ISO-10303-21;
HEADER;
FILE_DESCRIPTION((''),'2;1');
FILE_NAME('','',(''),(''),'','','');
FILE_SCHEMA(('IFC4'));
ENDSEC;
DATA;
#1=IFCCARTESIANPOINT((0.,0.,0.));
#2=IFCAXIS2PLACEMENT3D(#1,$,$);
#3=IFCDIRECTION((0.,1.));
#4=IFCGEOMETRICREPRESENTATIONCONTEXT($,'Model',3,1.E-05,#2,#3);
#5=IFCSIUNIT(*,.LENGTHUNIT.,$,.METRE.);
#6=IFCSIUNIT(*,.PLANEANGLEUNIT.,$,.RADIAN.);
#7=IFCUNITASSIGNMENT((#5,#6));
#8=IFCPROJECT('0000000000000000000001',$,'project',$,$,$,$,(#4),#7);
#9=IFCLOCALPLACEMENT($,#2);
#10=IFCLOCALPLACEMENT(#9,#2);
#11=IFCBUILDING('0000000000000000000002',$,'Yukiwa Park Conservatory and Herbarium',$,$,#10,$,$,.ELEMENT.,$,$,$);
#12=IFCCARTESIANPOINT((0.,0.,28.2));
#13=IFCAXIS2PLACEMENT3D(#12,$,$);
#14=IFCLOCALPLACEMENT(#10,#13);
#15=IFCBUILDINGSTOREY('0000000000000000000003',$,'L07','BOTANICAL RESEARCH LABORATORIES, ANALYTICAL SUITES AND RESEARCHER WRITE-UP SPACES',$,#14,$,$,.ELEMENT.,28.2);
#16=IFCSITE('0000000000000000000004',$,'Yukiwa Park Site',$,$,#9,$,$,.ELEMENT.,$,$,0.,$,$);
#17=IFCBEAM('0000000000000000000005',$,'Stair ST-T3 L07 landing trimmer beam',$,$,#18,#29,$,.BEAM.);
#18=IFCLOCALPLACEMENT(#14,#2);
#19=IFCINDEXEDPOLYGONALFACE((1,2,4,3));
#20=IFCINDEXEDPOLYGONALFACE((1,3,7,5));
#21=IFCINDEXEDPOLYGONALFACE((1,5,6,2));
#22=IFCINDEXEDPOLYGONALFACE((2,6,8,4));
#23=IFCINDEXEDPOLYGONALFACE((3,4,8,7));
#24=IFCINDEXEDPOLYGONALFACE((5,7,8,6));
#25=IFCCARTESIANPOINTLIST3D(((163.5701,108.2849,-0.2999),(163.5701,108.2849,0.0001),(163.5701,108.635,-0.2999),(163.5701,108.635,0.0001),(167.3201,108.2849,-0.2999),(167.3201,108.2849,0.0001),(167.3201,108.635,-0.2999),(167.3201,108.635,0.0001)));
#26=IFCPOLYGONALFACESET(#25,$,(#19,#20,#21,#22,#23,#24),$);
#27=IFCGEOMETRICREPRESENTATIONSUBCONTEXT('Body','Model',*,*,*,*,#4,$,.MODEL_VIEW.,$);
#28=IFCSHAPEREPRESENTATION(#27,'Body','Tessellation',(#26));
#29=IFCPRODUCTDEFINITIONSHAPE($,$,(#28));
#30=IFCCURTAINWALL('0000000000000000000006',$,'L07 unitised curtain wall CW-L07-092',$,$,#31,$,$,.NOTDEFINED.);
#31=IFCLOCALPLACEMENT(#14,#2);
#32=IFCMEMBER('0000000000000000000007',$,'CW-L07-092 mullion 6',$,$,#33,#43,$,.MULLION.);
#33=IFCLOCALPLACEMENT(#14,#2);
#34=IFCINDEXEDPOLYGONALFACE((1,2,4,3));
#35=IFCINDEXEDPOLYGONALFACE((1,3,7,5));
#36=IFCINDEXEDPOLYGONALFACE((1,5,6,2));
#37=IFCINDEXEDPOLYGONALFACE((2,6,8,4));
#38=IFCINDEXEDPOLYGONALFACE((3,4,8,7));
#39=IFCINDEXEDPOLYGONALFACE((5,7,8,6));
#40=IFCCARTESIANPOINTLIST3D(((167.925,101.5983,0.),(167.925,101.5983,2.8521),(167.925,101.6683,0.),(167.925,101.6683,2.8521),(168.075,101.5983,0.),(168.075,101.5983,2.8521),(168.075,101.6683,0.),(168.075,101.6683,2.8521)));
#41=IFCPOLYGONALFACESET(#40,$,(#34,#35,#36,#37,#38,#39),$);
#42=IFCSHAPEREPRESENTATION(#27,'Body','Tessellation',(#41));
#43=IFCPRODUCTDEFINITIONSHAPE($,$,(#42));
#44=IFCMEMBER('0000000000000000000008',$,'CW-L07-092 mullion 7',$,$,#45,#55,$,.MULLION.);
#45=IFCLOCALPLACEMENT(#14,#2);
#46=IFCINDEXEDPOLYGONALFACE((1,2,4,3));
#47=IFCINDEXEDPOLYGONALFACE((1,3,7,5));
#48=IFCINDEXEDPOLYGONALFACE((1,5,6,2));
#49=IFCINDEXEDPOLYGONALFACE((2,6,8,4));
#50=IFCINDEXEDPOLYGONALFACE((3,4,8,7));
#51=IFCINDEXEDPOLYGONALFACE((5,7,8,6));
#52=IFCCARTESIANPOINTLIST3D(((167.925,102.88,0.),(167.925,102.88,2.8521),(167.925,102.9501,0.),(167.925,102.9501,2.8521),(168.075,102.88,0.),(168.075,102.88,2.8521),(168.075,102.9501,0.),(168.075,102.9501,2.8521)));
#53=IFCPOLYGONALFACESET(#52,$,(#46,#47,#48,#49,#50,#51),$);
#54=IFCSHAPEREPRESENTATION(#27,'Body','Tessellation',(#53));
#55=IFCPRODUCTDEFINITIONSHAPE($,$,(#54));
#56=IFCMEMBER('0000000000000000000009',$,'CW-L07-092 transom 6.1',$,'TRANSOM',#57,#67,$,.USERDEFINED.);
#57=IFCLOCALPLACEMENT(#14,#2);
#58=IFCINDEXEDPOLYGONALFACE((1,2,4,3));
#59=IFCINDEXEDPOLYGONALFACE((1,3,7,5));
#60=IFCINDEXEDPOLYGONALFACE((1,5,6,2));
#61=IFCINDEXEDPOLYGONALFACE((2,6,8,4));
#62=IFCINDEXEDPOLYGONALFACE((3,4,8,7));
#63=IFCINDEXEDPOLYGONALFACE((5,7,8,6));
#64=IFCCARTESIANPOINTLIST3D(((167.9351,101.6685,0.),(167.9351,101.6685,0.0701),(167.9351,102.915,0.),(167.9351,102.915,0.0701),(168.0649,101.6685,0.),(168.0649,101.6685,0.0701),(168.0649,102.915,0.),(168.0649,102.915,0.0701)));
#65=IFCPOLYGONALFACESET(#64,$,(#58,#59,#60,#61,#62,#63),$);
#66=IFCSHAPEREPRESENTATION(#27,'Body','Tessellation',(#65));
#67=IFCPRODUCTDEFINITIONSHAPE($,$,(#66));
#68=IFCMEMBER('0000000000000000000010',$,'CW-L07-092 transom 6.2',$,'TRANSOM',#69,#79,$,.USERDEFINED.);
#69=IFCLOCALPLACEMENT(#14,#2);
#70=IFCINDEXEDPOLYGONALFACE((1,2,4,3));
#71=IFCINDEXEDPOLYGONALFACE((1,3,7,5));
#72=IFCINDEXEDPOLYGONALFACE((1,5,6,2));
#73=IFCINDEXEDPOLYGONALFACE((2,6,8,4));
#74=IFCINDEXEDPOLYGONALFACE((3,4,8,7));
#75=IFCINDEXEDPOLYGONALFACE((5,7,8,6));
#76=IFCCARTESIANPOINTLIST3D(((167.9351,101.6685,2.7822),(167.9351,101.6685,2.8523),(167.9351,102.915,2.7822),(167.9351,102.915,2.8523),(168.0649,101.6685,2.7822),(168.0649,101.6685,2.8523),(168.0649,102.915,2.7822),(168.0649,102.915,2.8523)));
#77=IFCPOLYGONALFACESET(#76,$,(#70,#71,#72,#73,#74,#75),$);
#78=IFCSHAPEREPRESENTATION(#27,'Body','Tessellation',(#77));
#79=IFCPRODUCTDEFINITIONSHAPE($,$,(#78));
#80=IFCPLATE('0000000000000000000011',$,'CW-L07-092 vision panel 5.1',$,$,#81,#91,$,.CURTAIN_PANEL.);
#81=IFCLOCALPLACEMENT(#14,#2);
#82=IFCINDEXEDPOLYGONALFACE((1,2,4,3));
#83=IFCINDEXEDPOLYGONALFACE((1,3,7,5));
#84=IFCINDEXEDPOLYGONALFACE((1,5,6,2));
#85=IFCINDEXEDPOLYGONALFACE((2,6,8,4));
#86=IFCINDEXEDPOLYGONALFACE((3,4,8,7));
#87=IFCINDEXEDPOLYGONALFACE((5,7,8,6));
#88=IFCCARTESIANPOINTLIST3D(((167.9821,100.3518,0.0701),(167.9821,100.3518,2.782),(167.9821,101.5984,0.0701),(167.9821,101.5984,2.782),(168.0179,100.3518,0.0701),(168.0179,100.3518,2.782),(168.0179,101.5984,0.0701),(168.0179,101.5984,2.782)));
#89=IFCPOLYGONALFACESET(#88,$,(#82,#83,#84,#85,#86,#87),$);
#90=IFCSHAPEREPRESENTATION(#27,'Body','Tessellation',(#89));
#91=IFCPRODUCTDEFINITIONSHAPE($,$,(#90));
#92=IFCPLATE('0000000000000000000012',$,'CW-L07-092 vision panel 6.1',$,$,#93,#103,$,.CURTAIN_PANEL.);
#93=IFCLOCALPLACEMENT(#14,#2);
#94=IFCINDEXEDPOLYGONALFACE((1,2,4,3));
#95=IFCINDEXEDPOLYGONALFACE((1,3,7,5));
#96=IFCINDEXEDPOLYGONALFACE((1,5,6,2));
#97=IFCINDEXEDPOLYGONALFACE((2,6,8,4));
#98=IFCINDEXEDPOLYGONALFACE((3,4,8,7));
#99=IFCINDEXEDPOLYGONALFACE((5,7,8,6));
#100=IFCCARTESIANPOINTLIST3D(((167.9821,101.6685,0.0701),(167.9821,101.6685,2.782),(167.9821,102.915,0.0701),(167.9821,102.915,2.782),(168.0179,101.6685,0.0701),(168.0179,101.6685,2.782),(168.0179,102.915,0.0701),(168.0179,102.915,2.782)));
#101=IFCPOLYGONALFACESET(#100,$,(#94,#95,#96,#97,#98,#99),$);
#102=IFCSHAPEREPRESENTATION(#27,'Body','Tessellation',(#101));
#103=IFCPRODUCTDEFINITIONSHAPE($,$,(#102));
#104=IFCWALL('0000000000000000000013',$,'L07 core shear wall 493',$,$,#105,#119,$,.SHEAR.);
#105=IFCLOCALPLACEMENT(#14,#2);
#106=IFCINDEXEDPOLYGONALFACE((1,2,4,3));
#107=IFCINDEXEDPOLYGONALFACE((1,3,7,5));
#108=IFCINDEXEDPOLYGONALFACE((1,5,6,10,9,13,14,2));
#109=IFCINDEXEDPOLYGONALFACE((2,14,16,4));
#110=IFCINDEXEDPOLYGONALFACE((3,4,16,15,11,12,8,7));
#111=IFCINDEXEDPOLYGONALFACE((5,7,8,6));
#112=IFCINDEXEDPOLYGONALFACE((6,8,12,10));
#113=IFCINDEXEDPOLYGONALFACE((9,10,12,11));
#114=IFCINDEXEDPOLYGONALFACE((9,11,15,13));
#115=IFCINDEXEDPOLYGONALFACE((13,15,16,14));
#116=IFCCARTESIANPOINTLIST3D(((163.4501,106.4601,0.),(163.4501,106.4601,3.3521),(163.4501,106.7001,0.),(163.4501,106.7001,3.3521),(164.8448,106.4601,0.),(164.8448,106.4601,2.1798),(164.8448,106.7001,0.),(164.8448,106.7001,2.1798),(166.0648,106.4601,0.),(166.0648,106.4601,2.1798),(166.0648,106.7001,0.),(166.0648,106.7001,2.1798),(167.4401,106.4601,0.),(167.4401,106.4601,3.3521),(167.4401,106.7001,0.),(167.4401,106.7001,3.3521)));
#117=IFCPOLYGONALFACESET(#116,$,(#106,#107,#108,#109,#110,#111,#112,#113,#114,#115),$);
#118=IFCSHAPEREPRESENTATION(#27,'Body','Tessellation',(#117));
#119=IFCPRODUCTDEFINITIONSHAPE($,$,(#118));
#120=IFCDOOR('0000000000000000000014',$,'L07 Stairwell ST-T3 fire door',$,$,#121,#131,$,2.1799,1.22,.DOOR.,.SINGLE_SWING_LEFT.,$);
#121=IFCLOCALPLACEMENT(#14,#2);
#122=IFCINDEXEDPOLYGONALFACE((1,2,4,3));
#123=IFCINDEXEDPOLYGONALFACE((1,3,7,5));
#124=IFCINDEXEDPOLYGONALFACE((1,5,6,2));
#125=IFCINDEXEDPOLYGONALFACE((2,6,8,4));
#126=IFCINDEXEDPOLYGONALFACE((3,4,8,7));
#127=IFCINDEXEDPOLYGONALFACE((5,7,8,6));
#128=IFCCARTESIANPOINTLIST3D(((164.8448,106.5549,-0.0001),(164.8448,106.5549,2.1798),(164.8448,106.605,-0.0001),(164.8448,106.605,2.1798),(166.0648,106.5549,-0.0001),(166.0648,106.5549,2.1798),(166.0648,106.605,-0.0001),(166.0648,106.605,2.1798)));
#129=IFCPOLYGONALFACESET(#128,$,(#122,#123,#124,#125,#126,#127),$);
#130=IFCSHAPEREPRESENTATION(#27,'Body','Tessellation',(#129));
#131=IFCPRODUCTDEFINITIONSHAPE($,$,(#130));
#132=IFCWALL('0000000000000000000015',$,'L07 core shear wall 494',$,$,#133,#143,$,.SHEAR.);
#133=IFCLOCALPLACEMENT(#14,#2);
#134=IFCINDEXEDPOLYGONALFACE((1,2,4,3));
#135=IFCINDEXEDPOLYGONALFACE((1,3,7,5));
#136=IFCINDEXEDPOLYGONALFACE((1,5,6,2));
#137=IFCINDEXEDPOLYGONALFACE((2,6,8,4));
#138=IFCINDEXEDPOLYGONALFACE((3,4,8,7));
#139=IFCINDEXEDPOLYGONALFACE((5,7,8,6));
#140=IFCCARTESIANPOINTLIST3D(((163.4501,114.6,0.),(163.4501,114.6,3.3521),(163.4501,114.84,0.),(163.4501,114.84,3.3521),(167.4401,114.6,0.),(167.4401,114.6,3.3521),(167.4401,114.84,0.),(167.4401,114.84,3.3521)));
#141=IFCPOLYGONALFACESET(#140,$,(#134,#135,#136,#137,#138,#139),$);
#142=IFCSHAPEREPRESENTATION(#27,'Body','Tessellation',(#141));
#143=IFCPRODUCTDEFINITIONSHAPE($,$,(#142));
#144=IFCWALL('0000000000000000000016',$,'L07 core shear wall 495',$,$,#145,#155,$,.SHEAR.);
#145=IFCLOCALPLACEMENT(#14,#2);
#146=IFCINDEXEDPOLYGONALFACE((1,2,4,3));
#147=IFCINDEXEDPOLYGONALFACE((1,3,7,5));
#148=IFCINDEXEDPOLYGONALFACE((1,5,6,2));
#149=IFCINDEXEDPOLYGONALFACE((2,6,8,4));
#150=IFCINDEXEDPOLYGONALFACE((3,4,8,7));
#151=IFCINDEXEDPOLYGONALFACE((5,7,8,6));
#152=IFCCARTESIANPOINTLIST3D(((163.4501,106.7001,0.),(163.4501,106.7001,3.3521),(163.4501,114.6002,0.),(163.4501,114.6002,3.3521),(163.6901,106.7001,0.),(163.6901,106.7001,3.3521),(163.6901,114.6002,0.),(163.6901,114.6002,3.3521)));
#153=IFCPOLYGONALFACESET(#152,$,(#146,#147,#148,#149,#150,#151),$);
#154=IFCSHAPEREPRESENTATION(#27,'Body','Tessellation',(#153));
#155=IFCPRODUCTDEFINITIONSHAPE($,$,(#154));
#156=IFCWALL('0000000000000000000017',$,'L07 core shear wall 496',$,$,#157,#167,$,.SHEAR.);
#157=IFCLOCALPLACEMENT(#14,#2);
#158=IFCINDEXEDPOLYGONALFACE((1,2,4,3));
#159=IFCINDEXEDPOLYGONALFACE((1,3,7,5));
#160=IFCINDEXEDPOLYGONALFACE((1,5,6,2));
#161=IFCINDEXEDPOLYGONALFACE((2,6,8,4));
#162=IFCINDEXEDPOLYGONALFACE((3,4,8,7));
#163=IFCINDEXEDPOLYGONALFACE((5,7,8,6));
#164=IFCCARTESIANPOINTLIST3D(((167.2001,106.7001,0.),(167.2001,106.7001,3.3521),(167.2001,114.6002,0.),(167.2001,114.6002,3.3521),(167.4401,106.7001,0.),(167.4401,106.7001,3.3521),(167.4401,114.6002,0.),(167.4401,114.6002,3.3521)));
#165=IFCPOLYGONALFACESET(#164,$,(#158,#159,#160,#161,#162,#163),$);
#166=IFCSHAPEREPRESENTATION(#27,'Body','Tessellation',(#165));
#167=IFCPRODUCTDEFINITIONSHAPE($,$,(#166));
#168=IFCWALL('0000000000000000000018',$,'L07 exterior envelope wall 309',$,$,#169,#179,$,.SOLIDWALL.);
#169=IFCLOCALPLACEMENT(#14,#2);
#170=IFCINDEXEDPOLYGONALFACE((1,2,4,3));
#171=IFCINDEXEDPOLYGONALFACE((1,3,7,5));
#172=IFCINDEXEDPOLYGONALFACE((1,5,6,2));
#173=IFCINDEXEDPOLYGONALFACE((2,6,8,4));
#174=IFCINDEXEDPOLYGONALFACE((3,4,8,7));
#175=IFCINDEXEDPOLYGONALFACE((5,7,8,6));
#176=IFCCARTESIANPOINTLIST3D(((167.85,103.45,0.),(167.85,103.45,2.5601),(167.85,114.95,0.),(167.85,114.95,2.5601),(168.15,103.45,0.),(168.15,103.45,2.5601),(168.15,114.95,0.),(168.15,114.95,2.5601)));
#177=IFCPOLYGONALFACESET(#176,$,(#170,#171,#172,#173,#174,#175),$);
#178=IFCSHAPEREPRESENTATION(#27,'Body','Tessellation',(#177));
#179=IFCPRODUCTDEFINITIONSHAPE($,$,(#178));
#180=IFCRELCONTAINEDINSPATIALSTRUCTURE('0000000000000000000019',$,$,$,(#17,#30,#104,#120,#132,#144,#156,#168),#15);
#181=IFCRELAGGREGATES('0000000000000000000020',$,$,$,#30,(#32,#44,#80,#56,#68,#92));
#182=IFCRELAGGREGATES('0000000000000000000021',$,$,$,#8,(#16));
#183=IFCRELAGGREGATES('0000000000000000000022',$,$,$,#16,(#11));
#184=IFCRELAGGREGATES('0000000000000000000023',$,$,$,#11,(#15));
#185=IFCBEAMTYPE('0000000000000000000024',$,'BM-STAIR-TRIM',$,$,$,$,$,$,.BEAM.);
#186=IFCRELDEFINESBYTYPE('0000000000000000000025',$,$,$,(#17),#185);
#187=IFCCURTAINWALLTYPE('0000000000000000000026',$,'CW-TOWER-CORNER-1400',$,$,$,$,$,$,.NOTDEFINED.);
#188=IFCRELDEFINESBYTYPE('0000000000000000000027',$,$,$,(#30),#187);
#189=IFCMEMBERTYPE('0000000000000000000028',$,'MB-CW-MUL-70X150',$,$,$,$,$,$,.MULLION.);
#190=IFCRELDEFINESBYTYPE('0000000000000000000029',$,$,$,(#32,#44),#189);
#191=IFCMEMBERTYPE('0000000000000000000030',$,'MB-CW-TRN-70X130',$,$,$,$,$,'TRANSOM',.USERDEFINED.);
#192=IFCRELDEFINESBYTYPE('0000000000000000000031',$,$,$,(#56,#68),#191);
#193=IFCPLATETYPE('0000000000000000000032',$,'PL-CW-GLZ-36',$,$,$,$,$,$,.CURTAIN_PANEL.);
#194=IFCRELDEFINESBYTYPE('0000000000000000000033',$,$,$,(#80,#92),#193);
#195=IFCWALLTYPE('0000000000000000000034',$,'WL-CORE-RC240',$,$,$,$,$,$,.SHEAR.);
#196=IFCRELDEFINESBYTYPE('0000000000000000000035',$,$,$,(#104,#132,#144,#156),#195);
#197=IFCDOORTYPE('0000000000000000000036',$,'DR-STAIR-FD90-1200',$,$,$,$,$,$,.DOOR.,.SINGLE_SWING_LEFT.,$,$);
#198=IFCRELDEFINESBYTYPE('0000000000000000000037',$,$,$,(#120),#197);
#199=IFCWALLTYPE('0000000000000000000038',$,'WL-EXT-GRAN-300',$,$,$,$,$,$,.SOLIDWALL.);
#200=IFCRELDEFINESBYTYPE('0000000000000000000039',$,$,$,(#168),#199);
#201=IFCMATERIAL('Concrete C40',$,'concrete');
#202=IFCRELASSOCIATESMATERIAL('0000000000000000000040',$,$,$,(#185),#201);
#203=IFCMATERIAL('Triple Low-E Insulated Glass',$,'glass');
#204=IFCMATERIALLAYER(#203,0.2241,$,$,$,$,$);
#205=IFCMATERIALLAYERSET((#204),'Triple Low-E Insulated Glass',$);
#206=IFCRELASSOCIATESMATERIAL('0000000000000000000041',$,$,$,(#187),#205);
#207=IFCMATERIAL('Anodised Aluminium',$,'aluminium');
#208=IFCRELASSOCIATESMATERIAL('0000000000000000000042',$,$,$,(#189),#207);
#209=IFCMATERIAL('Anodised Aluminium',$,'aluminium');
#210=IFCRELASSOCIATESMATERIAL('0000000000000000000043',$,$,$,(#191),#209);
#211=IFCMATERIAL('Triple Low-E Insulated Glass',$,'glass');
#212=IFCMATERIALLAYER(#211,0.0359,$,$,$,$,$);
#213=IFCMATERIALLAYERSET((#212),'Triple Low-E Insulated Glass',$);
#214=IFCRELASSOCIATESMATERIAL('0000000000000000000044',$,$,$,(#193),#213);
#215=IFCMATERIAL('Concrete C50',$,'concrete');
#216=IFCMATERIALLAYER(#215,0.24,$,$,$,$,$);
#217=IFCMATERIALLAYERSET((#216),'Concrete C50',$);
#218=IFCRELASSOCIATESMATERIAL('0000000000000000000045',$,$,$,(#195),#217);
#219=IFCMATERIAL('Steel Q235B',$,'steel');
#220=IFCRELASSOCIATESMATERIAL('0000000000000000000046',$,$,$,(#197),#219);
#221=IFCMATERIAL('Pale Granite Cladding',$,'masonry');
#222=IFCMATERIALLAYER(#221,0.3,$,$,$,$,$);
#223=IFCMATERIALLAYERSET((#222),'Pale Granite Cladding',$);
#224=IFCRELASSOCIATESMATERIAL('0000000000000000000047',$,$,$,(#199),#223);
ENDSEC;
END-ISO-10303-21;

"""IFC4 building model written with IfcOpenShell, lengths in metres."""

from ifc_helpers import new_model, si_unit, direction, frame, frame_2d, origin, origin_2d, place, context, subcontext, project, spatial, rectangle, extrude, material, layer, layer_set, material_profile, profile_set, type_object, element, fill, aggregate, save


model = new_model("IFC4")

# Units and contexts
model_context = context("Model", 3, precision=1e-05, world=origin(), true_north=direction((0.0, 1.0)))
body_context = subcontext(model_context, "Body", "Model", "MODEL_VIEW")
ifc_project = project(units=[si_unit("LENGTHUNIT", "METRE"), si_unit("PLANEANGLEUNIT", "RADIAN")], contexts=[model_context])

# Site, building, storey
site_placement = place(None, origin())
site = spatial("IfcSite", under=ifc_project, at=site_placement, Name="Yukiwa Park Site", CompositionType="ELEMENT", RefElevation=0.0)
building_placement = place(site_placement, origin())
building = spatial("IfcBuilding", under=site, at=building_placement, Name="Yukiwa Park Conservatory and Herbarium", CompositionType="ELEMENT")
storey_placement = place(building_placement, frame((0.0, 0.0, 28.2)))
storey = spatial("IfcBuildingStorey", under=building, at=storey_placement, Name="L07", Description="BOTANICAL RESEARCH LABORATORIES, ANALYTICAL SUITES AND RESEARCHER WRITE-UP SPACES", CompositionType="ELEMENT", Elevation=28.2)

# Beam
ifc_material_1 = material(Name="Concrete C40", Category="concrete")
ifc_material_profile_1 = material_profile(ifc_material_1, rectangle(XDim=0.3501, YDim=0.3, at=origin_2d()), Name="RC 350x300")
ifc_profile_set_1 = profile_set([ifc_material_profile_1], Name="Concrete C40")
beam_type_1 = type_object("IfcBeamType", Name="BM-STAIR-TRIM", PredefinedType="BEAM", material=ifc_profile_set_1)
beam_1_placement = place(storey_placement, frame((163.5701, 108.46, -0.1499), z_axis=(1.0, 0.0, 0.0), x_axis=(0.0, 1.0, 0.0)))
element("IfcBeam", 1, at=beam_1_placement, inside=storey, type_object=beam_type_1, Name="Stair ST-T3 L07 landing trimmer beam", PredefinedType="BEAM", context=body_context, shape_type="SweptSolid", body=[
    extrude(rectangle(XDim=0.3501, YDim=0.3, at=origin_2d()), origin(), (0.0, 0.0, 1.0), 3.75),
])

# Curtain wall, members, plates
ifc_material_2 = material(Name="Triple Low-E Insulated Glass", Category="glass")
ifc_layer_1 = layer(ifc_material_2, 0.2241)
ifc_layer_set_1 = layer_set([ifc_layer_1], Name="Triple Low-E Insulated Glass")
curtain_wall_type = type_object("IfcCurtainWallType", Name="CW-TOWER-CORNER-1400", PredefinedType="NOTDEFINED", material=ifc_layer_set_1)
curtain_wall_placement = place(storey_placement, origin())
curtain_wall = element("IfcCurtainWall", 2, at=curtain_wall_placement, inside=storey, type_object=curtain_wall_type, Name="L07 unitised curtain wall CW-L07-092", PredefinedType="NOTDEFINED")
ifc_material_3 = material(Name="Anodised Aluminium", Category="aluminium")
member_type_1 = type_object("IfcMemberType", Name="MB-CW-MUL-70X150", PredefinedType="MULLION", material=ifc_material_3)
member_1_placement = place(storey_placement, frame((168.0, 101.6333, 0.0), z_axis=(0.0, 0.0, 1.0), x_axis=(0.0, 1.0, 0.0)))
member_1 = element("IfcMember", 3, at=member_1_placement, type_object=member_type_1, Name="CW-L07-092 mullion 6", PredefinedType="MULLION", context=body_context, shape_type="SweptSolid", body=[
    extrude(rectangle(XDim=0.0701, YDim=0.1499, at=origin_2d()), origin(), (0.0, 0.0, 1.0), 2.8521),
])
member_2_placement = place(storey_placement, frame((168.0, 102.915, 0.0), z_axis=(0.0, 0.0, 1.0), x_axis=(0.0, 1.0, 0.0)))
member_2 = element("IfcMember", 4, at=member_2_placement, type_object=member_type_1, Name="CW-L07-092 mullion 7", PredefinedType="MULLION", context=body_context, shape_type="SweptSolid", body=[
    extrude(rectangle(XDim=0.0701, YDim=0.1499, at=origin_2d()), origin(), (0.0, 0.0, 1.0), 2.8521),
])
ifc_material_4 = material(Name="Anodised Aluminium", Category="aluminium")
member_type_2 = type_object("IfcMemberType", Name="MB-CW-TRN-70X130", ElementType="TRANSOM", PredefinedType="USERDEFINED", material=ifc_material_4)
member_3_placement = place(storey_placement, frame((168.0, 102.2917, 0.0), z_axis=(0.0, 0.0, 1.0), x_axis=(0.0, 1.0, 0.0)))
member_3 = element("IfcMember", 5, at=member_3_placement, type_object=member_type_2, Name="CW-L07-092 transom 6.1", ObjectType="TRANSOM", PredefinedType="USERDEFINED", context=body_context, shape_type="SweptSolid", body=[
    extrude(rectangle(XDim=1.2466, YDim=0.1299, at=origin_2d()), origin(), (0.0, 0.0, 1.0), 0.0701),
])
member_4_placement = place(storey_placement, frame((168.0, 102.2917, 2.7822), z_axis=(0.0, 0.0, 1.0), x_axis=(0.0, 1.0, 0.0)))
member_4 = element("IfcMember", 6, at=member_4_placement, type_object=member_type_2, Name="CW-L07-092 transom 6.2", ObjectType="TRANSOM", PredefinedType="USERDEFINED", context=body_context, shape_type="SweptSolid", body=[
    extrude(rectangle(XDim=1.2466, YDim=0.1299, at=origin_2d()), origin(), (0.0, 0.0, 1.0), 0.0701),
])
ifc_material_5 = material(Name="Triple Low-E Insulated Glass", Category="glass")
ifc_layer_2 = layer(ifc_material_5, 0.0359)
ifc_layer_set_2 = layer_set([ifc_layer_2], Name="Triple Low-E Insulated Glass")
plate_type = type_object("IfcPlateType", Name="PL-CW-GLZ-36", PredefinedType="CURTAIN_PANEL", material=ifc_layer_set_2)
plate_1_placement = place(storey_placement, frame((168.0, 100.9751, 0.0701), z_axis=(0.0, 0.0, 1.0), x_axis=(0.0, 1.0, 0.0)))
plate_1 = element("IfcPlate", 7, at=plate_1_placement, type_object=plate_type, Name="CW-L07-092 vision panel 5.1", PredefinedType="CURTAIN_PANEL", context=body_context, shape_type="SweptSolid", body=[
    extrude(rectangle(XDim=1.2466, YDim=0.0359, at=origin_2d()), origin(), (0.0, 0.0, 1.0), 2.7119),
])
plate_2_placement = place(storey_placement, frame((168.0, 102.2917, 0.0701), z_axis=(0.0, 0.0, 1.0), x_axis=(0.0, 1.0, 0.0)))
plate_2 = element("IfcPlate", 8, at=plate_2_placement, type_object=plate_type, Name="CW-L07-092 vision panel 6.1", PredefinedType="CURTAIN_PANEL", context=body_context, shape_type="SweptSolid", body=[
    extrude(rectangle(XDim=1.2466, YDim=0.0359, at=origin_2d()), origin(), (0.0, 0.0, 1.0), 2.7119),
])
aggregate(curtain_wall, [member_1, member_2, plate_1, member_3, member_4, plate_2])

# Wall, opening, door
ifc_material_6 = material(Name="Concrete C50", Category="concrete")
ifc_layer_3 = layer(ifc_material_6, 0.24)
ifc_layer_set_3 = layer_set([ifc_layer_3], Name="Concrete C50")
wall_type_1 = type_object("IfcWallType", Name="WL-CORE-RC240", PredefinedType="SHEAR", material=ifc_layer_set_3)
wall_1_placement = place(storey_placement, frame((163.45, 106.5801, 0.0), z_axis=(0.0, 0.0, 1.0), x_axis=(1.0, 0.0, 0.0)))
wall_1 = element("IfcWall", 9, at=wall_1_placement, inside=storey, type_object=wall_type_1, Name="L07 core shear wall 493", PredefinedType="SHEAR", context=body_context, shape_type="SweptSolid", body=[
    extrude(rectangle(XDim=3.99, YDim=0.24, at=frame_2d((1.9951, 0.0))), origin(), (0.0, 0.0, 1.0), 3.3521),
])
opening_placement = place(wall_1_placement, frame((1.395, 0.0, 0.0)))
opening = element("IfcOpeningElement", 10, at=opening_placement, cuts=wall_1, PredefinedType="OPENING", context=body_context, shape_type="SweptSolid", body=[
    extrude(rectangle(XDim=1.22, YDim=2.1799, at=frame_2d((0.6099, 1.0898))), frame((0.0, 0.1299, 0.0), z_axis=(0.0, -1.0, 0.0), x_axis=(1.0, 0.0, 0.0)), (0.0, 0.0, 1.0), 0.26),
])
ifc_material_7 = material(Name="Steel Q235B", Category="steel")
door_type = type_object("IfcDoorType", Name="DR-STAIR-FD90-1200", OperationType="SINGLE_SWING_LEFT", PredefinedType="DOOR", material=ifc_material_7)
door_placement = place(opening_placement, origin())
door = element("IfcDoor", 11, at=door_placement, inside=storey, type_object=door_type, Name="L07 Stairwell ST-T3 fire door", OperationType="SINGLE_SWING_LEFT", OverallHeight=2.1799, OverallWidth=1.22, PredefinedType="DOOR", context=body_context, shape_type="SweptSolid", body=[
    extrude(rectangle(XDim=1.22, YDim=2.1799, at=frame_2d((0.6099, 1.0898))), frame((0.0, 0.0249, 0.0), z_axis=(0.0, -1.0, 0.0), x_axis=(1.0, 0.0, 0.0)), (0.0, 0.0, 1.0), 0.05),
])
fill(opening, door)

# Walls
wall_2_placement = place(storey_placement, frame((163.45, 114.72, 0.0), z_axis=(0.0, 0.0, 1.0), x_axis=(1.0, 0.0, 0.0)))
element("IfcWall", 12, at=wall_2_placement, inside=storey, type_object=wall_type_1, Name="L07 core shear wall 494", PredefinedType="SHEAR", context=body_context, shape_type="SweptSolid", body=[
    extrude(rectangle(XDim=3.99, YDim=0.24, at=frame_2d((1.9951, 0.0))), origin(), (0.0, 0.0, 1.0), 3.3521),
])
for number, where, z_axis, x_axis, name in (
    (13, (163.5701, 106.7, 0.0), (0.0, 0.0, 1.0), (0.0, 1.0, 0.0), "L07 core shear wall 495"),
    (14, (167.3201, 106.7, 0.0), (0.0, 0.0, 1.0), (0.0, 1.0, 0.0), "L07 core shear wall 496"),
):
    element("IfcWall", number, at=place(storey_placement, frame(where, z_axis=z_axis, x_axis=x_axis)), inside=storey, type_object=wall_type_1, Name=name, PredefinedType="SHEAR", context=body_context, shape_type="SweptSolid", body=[
        extrude(rectangle(XDim=7.9001, YDim=0.24, at=frame_2d((3.9502, 0.0))), origin(), (0.0, 0.0, 1.0), 3.3521),
    ])
ifc_material_8 = material(Name="Pale Granite Cladding", Category="masonry")
ifc_layer_4 = layer(ifc_material_8, 0.3)
ifc_layer_set_4 = layer_set([ifc_layer_4], Name="Pale Granite Cladding")
wall_type_2 = type_object("IfcWallType", Name="WL-EXT-GRAN-300", PredefinedType="SOLIDWALL", material=ifc_layer_set_4)
wall_3_placement = place(storey_placement, frame((168.0, 103.45, 0.0), z_axis=(0.0, 0.0, 1.0), x_axis=(0.0, 1.0, 0.0)))
element("IfcWall", 15, at=wall_3_placement, inside=storey, type_object=wall_type_2, Name="L07 exterior envelope wall 309", PredefinedType="SOLIDWALL", context=body_context, shape_type="SweptSolid", body=[
    extrude(rectangle(XDim=11.5, YDim=0.3, at=frame_2d((5.75, 0.0))), origin(), (0.0, 0.0, 1.0), 2.5601),
])

save(model, "model.ifc")
